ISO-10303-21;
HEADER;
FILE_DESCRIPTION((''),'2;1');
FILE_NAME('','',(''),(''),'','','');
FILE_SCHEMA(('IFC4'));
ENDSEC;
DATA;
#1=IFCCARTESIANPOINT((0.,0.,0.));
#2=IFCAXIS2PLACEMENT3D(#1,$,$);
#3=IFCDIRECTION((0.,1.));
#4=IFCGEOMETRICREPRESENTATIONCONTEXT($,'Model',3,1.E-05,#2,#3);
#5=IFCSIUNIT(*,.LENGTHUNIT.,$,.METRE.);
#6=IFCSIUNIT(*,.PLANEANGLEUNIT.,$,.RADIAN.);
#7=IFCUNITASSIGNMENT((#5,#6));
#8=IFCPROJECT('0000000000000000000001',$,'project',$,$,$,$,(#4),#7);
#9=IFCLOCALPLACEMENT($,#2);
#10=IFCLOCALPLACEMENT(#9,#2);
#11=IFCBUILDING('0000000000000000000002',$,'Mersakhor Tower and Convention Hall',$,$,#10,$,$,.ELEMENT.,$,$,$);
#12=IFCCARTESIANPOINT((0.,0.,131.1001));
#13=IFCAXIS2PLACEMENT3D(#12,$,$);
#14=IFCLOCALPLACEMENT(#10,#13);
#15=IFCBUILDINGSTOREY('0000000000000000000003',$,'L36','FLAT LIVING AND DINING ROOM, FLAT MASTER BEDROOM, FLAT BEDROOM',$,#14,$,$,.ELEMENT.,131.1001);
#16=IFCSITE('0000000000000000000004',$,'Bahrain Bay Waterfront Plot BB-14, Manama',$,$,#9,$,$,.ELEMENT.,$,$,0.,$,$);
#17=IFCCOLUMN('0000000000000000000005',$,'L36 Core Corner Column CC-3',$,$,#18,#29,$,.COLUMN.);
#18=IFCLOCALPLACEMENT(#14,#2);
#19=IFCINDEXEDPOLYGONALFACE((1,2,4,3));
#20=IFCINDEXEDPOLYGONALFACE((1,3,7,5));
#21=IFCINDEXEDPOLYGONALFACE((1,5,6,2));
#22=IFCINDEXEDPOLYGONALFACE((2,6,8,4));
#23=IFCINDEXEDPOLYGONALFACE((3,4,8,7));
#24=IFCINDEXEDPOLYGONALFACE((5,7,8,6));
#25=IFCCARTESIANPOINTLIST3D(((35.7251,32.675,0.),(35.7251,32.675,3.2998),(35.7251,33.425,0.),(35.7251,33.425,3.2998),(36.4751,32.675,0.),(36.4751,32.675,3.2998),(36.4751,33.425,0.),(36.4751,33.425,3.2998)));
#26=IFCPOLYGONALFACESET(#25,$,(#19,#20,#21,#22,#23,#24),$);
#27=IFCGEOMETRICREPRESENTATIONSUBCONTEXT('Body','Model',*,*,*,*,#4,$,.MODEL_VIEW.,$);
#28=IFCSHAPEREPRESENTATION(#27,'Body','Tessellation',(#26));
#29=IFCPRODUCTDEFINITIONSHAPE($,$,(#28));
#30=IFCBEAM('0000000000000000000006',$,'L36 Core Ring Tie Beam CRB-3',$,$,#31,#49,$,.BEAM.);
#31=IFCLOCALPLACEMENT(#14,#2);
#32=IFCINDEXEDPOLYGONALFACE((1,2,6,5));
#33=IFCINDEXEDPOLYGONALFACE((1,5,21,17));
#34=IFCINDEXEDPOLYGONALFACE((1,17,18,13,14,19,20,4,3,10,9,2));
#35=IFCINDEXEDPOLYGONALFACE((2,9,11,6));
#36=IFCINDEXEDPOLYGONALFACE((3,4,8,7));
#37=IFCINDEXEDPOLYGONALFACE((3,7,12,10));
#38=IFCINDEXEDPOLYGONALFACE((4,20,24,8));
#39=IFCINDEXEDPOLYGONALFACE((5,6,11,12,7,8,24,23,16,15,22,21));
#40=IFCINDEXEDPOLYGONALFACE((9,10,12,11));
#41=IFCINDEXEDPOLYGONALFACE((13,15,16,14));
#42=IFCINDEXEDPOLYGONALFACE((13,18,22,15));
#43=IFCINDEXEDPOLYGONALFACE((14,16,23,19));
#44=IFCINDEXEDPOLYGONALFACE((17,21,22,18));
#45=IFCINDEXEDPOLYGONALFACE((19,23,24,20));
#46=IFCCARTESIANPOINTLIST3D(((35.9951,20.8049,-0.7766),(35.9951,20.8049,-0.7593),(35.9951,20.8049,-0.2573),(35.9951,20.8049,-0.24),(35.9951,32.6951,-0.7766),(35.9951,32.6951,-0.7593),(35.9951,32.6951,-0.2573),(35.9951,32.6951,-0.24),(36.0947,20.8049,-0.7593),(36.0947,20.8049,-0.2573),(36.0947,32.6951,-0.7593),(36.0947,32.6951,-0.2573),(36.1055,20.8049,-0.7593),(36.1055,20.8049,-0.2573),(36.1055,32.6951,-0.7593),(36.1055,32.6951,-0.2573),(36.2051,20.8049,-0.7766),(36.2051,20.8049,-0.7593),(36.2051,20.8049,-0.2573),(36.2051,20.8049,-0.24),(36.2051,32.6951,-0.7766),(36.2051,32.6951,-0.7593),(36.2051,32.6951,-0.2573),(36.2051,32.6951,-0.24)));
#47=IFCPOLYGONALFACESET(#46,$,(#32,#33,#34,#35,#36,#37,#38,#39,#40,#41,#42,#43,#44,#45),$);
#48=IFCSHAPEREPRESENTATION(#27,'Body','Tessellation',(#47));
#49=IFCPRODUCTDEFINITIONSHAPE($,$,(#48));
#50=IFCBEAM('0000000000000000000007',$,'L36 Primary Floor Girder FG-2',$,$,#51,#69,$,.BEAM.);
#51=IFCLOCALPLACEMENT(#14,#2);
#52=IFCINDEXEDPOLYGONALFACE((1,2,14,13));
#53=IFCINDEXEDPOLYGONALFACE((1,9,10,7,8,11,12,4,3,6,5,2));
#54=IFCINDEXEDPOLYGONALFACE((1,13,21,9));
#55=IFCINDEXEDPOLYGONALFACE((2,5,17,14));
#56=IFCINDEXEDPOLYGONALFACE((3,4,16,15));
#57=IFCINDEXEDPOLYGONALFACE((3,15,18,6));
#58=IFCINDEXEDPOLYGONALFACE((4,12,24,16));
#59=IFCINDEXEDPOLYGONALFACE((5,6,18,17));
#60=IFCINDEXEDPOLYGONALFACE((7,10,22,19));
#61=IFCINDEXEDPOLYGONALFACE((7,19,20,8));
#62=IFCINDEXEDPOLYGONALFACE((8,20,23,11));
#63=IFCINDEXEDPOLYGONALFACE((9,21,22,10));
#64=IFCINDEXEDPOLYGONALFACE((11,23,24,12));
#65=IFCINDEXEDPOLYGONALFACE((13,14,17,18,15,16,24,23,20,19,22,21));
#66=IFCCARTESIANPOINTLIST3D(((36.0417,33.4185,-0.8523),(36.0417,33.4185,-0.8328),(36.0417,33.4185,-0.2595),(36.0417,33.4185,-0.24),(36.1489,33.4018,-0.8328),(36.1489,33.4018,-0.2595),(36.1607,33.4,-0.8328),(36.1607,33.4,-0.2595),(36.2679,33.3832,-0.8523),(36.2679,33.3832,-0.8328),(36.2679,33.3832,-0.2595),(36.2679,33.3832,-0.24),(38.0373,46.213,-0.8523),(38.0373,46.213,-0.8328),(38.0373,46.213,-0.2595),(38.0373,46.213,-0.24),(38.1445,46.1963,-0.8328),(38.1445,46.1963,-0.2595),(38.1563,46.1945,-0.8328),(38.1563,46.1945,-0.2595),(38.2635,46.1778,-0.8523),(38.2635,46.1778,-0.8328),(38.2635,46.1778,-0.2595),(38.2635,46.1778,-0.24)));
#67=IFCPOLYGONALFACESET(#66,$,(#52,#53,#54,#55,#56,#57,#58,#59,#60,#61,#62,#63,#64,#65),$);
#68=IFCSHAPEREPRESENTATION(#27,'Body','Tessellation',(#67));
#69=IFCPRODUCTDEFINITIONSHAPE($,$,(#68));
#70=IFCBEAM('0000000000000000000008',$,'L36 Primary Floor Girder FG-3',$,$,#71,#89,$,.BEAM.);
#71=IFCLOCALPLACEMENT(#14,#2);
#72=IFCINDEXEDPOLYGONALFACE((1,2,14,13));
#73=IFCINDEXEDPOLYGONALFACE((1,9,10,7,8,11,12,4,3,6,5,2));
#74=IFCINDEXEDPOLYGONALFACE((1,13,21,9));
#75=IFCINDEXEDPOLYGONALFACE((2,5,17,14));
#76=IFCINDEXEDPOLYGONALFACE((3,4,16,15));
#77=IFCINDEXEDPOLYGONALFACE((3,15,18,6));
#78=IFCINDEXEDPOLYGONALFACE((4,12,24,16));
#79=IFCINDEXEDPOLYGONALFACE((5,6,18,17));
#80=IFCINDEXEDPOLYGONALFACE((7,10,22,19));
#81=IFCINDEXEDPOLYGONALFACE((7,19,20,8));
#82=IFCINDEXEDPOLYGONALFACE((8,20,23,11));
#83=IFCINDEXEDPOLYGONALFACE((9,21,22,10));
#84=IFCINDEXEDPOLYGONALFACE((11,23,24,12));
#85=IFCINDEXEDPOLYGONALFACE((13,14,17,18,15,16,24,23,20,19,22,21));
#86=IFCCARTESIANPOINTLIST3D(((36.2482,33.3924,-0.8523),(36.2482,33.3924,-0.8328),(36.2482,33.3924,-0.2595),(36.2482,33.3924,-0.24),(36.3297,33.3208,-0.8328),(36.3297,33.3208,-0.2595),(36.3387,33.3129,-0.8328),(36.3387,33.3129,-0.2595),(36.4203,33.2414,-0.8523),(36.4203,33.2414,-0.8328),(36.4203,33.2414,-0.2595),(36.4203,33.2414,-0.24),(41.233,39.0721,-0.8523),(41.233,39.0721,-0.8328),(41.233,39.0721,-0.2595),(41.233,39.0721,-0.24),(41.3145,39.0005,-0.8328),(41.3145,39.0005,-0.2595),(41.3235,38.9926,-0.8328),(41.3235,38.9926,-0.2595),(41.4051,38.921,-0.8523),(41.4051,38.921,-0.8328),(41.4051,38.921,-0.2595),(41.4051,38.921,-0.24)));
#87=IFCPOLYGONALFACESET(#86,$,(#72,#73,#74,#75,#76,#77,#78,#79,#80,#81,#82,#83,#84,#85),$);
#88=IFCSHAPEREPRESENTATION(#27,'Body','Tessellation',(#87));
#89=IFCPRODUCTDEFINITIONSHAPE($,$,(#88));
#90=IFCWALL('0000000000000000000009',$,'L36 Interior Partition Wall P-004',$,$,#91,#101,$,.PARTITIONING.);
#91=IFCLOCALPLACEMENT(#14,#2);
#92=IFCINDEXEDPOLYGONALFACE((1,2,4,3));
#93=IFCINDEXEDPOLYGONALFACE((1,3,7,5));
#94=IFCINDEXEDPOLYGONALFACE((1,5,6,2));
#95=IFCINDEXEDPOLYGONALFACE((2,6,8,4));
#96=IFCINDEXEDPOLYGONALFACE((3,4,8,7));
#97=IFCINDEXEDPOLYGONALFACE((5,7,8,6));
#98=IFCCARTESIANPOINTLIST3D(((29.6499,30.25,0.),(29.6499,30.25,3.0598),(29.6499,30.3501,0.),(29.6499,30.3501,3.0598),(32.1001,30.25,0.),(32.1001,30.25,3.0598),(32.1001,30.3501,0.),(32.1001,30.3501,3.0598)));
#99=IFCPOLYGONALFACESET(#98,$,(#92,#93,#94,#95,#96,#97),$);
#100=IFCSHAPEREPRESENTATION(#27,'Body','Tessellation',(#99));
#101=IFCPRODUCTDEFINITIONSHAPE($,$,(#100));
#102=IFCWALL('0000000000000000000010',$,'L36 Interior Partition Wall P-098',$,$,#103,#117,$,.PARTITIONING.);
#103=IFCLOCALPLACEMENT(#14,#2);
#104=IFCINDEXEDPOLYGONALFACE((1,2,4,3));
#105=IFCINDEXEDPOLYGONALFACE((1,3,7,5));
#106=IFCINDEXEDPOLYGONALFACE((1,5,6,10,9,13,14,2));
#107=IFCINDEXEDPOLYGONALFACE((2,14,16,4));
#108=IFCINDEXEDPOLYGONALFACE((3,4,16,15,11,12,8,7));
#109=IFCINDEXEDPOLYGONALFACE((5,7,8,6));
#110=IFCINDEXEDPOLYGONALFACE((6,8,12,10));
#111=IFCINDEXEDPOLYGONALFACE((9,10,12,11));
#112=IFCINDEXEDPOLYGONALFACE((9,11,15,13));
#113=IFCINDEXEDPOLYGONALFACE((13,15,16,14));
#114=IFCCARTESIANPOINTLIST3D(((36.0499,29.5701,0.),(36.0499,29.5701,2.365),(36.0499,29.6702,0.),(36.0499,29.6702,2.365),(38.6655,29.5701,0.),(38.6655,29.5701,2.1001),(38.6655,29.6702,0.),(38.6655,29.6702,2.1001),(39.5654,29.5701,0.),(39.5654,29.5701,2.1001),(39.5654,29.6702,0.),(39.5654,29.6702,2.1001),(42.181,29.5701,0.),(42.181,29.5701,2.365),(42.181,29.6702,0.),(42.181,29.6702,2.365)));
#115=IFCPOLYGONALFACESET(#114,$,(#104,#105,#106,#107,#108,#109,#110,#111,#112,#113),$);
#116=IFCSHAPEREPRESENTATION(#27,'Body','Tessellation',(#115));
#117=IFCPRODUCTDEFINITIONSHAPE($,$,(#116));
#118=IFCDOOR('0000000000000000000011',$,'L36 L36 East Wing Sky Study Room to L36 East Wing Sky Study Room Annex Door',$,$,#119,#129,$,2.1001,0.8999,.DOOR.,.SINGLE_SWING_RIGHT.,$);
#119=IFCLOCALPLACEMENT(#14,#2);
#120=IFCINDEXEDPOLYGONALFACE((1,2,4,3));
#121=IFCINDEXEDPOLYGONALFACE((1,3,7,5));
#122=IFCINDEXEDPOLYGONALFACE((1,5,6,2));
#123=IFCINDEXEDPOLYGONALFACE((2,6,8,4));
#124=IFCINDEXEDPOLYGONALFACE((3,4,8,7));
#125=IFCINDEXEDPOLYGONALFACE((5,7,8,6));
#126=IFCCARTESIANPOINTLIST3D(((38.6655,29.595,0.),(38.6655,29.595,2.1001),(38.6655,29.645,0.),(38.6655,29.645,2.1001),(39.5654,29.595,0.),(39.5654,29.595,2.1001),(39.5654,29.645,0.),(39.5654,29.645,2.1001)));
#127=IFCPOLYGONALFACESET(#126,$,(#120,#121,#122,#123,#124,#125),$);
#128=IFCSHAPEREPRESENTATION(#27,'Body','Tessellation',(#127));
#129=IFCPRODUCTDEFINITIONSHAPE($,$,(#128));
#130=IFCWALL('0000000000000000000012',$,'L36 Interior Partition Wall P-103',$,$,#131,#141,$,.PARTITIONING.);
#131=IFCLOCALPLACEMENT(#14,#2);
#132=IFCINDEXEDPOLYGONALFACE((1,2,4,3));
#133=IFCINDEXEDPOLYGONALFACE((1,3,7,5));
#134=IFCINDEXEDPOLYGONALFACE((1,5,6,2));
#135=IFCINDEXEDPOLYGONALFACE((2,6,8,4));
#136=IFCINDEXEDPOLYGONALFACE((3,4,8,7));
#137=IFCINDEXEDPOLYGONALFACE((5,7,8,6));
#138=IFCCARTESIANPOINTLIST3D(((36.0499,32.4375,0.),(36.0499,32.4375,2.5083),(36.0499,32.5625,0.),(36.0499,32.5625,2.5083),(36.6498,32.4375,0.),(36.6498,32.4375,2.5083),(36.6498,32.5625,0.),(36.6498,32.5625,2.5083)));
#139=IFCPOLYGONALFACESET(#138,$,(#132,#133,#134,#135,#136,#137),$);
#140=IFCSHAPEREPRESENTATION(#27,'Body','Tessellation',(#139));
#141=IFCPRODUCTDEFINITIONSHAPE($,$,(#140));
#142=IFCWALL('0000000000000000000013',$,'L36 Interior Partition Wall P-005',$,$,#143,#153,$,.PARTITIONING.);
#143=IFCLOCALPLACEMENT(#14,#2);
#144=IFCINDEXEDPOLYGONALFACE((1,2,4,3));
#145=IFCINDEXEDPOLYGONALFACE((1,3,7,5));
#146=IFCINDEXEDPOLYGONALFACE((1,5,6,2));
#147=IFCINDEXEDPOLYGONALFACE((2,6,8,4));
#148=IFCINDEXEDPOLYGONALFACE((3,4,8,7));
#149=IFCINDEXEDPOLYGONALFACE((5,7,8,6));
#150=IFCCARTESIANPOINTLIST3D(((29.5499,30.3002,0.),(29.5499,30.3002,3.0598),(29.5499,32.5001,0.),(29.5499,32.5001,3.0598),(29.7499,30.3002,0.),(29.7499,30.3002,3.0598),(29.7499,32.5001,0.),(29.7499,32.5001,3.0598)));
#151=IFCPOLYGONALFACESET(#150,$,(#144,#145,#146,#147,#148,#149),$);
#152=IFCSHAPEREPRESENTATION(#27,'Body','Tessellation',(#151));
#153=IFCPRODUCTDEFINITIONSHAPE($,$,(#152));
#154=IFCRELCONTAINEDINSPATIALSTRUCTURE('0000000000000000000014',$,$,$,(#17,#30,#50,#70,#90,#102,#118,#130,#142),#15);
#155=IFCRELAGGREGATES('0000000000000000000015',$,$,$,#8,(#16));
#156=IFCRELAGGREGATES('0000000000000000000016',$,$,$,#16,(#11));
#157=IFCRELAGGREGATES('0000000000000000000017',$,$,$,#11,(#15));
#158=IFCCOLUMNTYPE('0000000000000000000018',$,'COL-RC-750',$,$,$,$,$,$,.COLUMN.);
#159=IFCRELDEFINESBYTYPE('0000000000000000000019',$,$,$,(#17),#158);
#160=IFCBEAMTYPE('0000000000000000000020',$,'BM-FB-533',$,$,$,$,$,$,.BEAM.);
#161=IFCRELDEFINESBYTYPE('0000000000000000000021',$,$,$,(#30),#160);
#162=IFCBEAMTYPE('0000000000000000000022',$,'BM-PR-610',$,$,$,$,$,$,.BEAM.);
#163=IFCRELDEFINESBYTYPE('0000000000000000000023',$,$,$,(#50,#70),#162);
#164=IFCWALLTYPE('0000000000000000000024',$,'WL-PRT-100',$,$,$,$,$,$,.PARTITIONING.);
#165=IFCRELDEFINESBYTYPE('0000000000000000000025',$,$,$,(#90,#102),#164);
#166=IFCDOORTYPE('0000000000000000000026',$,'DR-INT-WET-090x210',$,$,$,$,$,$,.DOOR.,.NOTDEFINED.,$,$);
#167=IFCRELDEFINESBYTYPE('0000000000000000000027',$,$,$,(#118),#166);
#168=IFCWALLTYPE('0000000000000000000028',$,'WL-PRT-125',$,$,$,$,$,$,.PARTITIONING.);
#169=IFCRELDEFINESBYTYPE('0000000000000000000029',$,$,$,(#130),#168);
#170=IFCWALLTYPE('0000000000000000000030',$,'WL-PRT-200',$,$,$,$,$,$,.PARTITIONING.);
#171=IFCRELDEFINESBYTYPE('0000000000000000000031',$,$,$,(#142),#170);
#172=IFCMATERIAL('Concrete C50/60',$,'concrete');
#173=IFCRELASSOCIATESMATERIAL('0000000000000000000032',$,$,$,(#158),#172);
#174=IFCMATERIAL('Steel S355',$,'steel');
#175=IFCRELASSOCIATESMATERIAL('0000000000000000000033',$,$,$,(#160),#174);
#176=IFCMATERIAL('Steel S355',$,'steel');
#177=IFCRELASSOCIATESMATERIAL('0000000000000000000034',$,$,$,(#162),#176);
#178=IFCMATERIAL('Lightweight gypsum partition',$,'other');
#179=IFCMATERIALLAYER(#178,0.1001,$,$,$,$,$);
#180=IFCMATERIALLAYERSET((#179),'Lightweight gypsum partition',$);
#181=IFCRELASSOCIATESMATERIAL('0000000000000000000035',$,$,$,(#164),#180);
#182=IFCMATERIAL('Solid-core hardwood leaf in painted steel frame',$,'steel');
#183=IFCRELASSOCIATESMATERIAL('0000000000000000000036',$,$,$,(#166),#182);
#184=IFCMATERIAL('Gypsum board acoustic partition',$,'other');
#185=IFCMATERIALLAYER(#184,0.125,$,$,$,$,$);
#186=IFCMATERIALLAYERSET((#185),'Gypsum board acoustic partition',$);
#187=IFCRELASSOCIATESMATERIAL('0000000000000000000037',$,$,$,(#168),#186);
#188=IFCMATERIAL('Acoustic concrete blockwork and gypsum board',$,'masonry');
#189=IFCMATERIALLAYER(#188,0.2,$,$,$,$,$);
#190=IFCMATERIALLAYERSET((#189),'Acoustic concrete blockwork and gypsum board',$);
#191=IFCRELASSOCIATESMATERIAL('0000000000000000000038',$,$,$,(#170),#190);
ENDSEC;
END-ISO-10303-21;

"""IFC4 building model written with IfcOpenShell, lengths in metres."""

from ifc_helpers import new_model, si_unit, direction, frame, frame_2d, origin, origin_2d, place, context, subcontext, project, spatial, rectangle, i_section, extrude, material, layer, layer_set, material_profile, profile_set, type_object, element, fill, save


model = new_model("IFC4")

# Units and contexts
model_context = context("Model", 3, precision=1e-05, world=origin(), true_north=direction((0.0, 1.0)))
body_context = subcontext(model_context, "Body", "Model", "MODEL_VIEW")
ifc_project = project(units=[si_unit("LENGTHUNIT", "METRE"), si_unit("PLANEANGLEUNIT", "RADIAN")], contexts=[model_context])

# Site, building, storey
site_placement = place(None, origin())
site = spatial("IfcSite", under=ifc_project, at=site_placement, Name="Bahrain Bay Waterfront Plot BB-14, Manama", CompositionType="ELEMENT", RefElevation=0.0)
building_placement = place(site_placement, origin())
building = spatial("IfcBuilding", under=site, at=building_placement, Name="Mersakhor Tower and Convention Hall", CompositionType="ELEMENT")
storey_placement = place(building_placement, frame((0.0, 0.0, 131.1001)))
storey = spatial("IfcBuildingStorey", under=building, at=storey_placement, Name="L36", Description="FLAT LIVING AND DINING ROOM, FLAT MASTER BEDROOM, FLAT BEDROOM", CompositionType="ELEMENT", Elevation=131.1001)

# Column
ifc_material_1 = material(Name="Concrete C50/60", Category="concrete")
ifc_material_profile_1 = material_profile(ifc_material_1, rectangle(XDim=0.75, YDim=0.75, at=origin_2d()), Name="RC 750x750")
ifc_profile_set_1 = profile_set([ifc_material_profile_1], Name="Concrete C50/60")
column_type = type_object("IfcColumnType", Name="COL-RC-750", PredefinedType="COLUMN", material=ifc_profile_set_1)
column_placement = place(storey_placement, frame((36.1001, 33.05, 0.0), z_axis=(0.0, 0.0, 1.0), x_axis=(1.0, 0.0, 0.0)))
element("IfcColumn", 1, at=column_placement, inside=storey, type_object=column_type, Name="L36 Core Corner Column CC-3", PredefinedType="COLUMN", context=body_context, shape_type="SweptSolid", body=[
    extrude(rectangle(XDim=0.75, YDim=0.75, at=origin_2d()), origin(), (0.0, 0.0, 1.0), 3.2998),
])

# Beams
ifc_material_2 = material(Name="Steel S355", Category="steel")
ifc_material_profile_2 = material_profile(ifc_material_2, i_section(OverallWidth=0.21, OverallDepth=0.5366, WebThickness=0.0107, FlangeThickness=0.0173, at=origin_2d()), Name="UB 533x210x101")
ifc_profile_set_2 = profile_set([ifc_material_profile_2], Name="Steel S355")
beam_type_1 = type_object("IfcBeamType", Name="BM-FB-533", PredefinedType="BEAM", material=ifc_profile_set_2)
beam_1_placement = place(storey_placement, frame((36.1001, 32.6951, -0.5083), z_axis=(0.0, -1.0, 0.0), x_axis=(1.0, 0.0, 0.0)))
element("IfcBeam", 2, at=beam_1_placement, inside=storey, type_object=beam_type_1, Name="L36 Core Ring Tie Beam CRB-3", PredefinedType="BEAM", context=body_context, shape_type="SweptSolid", body=[
    extrude(i_section(OverallWidth=0.21, OverallDepth=0.5366, WebThickness=0.0107, FlangeThickness=0.0173, at=origin_2d()), origin(), (0.0, 0.0, 1.0), 11.8901),
])
ifc_material_3 = material(Name="Steel S355", Category="steel")
ifc_material_profile_3 = material_profile(ifc_material_3, i_section(OverallWidth=0.229, OverallDepth=0.6123, WebThickness=0.012, FlangeThickness=0.0195, at=origin_2d()), Name="UB 610x229x125")
ifc_profile_set_3 = profile_set([ifc_material_profile_3], Name="Steel S355")
beam_type_2 = type_object("IfcBeamType", Name="BM-PR-610", PredefinedType="BEAM", material=ifc_profile_set_3)
beam_2_placement = place(storey_placement, frame((36.1548, 33.4009, -0.5461), z_axis=(0.154111, 0.988054, 0.0), x_axis=(-0.988054, 0.154111, 0.0)))
element("IfcBeam", 3, at=beam_2_placement, inside=storey, type_object=beam_type_2, Name="L36 Primary Floor Girder FG-2", PredefinedType="BEAM", context=body_context, shape_type="SweptSolid", body=[
    extrude(i_section(OverallWidth=0.229, OverallDepth=0.6123, WebThickness=0.012, FlangeThickness=0.0195, at=origin_2d()), origin(), (0.0, 0.0, 1.0), 12.9492),
])
beam_3_placement = place(storey_placement, frame((36.3342, 33.3169, -0.5461), z_axis=(0.659638, 0.751583, 0.0), x_axis=(-0.751583, 0.659638, 0.0)))
element("IfcBeam", 4, at=beam_3_placement, inside=storey, type_object=beam_type_2, Name="L36 Primary Floor Girder FG-3", PredefinedType="BEAM", context=body_context, shape_type="SweptSolid", body=[
    extrude(i_section(OverallWidth=0.229, OverallDepth=0.6123, WebThickness=0.012, FlangeThickness=0.0195, at=origin_2d()), origin(), (0.0, 0.0, 1.0), 7.5569),
])

# Wall
ifc_material_4 = material(Name="Lightweight gypsum partition", Category="other")
ifc_layer_1 = layer(ifc_material_4, 0.1001)
ifc_layer_set_1 = layer_set([ifc_layer_1], Name="Lightweight gypsum partition")
wall_type_1 = type_object("IfcWallType", Name="WL-PRT-100", PredefinedType="PARTITIONING", material=ifc_layer_set_1)
wall_1_placement = place(storey_placement, frame((32.1001, 30.3, 0.0), z_axis=(0.0, 0.0, 1.0), x_axis=(-1.0, 0.0, 0.0)))
element("IfcWall", 5, at=wall_1_placement, inside=storey, type_object=wall_type_1, Name="L36 Interior Partition Wall P-004", PredefinedType="PARTITIONING", context=body_context, shape_type="SweptSolid", body=[
    extrude(rectangle(XDim=2.4502, YDim=0.1001, at=frame_2d((1.2251, 0.0))), origin(), (0.0, 0.0, 1.0), 3.0598),
])

# Wall, opening, door
wall_2_placement = place(storey_placement, frame((36.05, 29.6201, 0.0), z_axis=(0.0, 0.0, 1.0), x_axis=(1.0, 0.0, 0.0)))
wall_2 = element("IfcWall", 6, at=wall_2_placement, inside=storey, type_object=wall_type_1, Name="L36 Interior Partition Wall P-098", PredefinedType="PARTITIONING", context=body_context, shape_type="SweptSolid", body=[
    extrude(rectangle(XDim=6.1311, YDim=0.1001, at=frame_2d((3.0654, 0.0))), origin(), (0.0, 0.0, 1.0), 2.365),
])
opening_1_placement = place(wall_2_placement, frame((2.6155, 0.0, 0.0)))
opening_1 = element("IfcOpeningElement", 7, at=opening_1_placement, cuts=wall_2, PredefinedType="OPENING", context=body_context, shape_type="SweptSolid", body=[
    extrude(rectangle(XDim=0.8999, YDim=2.1001, at=frame_2d((0.45, 1.05))), frame((0.0, 0.0601, 0.0), z_axis=(0.0, -1.0, 0.0), x_axis=(1.0, 0.0, 0.0)), (0.0, 0.0, 1.0), 0.1201),
])
ifc_material_5 = material(Name="Solid-core hardwood leaf in painted steel frame", Category="steel")
door_type_1 = type_object("IfcDoorType", Name="DR-INT-WET-090x210", OperationType="NOTDEFINED", PredefinedType="DOOR", material=ifc_material_5)
door_1_placement = place(opening_1_placement, origin())
door_1 = element("IfcDoor", 8, at=door_1_placement, inside=storey, type_object=door_type_1, Name="L36 L36 East Wing Sky Study Room to L36 East Wing Sky Study Room Annex Door", OperationType="SINGLE_SWING_RIGHT", OverallHeight=2.1001, OverallWidth=0.8999, PredefinedType="DOOR", context=body_context, shape_type="SweptSolid", body=[
    extrude(rectangle(XDim=0.8999, YDim=2.1001, at=frame_2d((0.45, 1.05))), frame((0.0, 0.0249, 0.0), z_axis=(0.0, -1.0, 0.0), x_axis=(1.0, 0.0, 0.0)), (0.0, 0.0, 1.0), 0.05),
])
fill(opening_1, door_1)

# Walls
ifc_material_6 = material(Name="Gypsum board acoustic partition", Category="other")
ifc_layer_2 = layer(ifc_material_6, 0.125)
ifc_layer_set_2 = layer_set([ifc_layer_2], Name="Gypsum board acoustic partition")
wall_type_2 = type_object("IfcWallType", Name="WL-PRT-125", PredefinedType="PARTITIONING", material=ifc_layer_set_2)
wall_3_placement = place(storey_placement, frame((36.05, 32.5, 0.0), z_axis=(0.0, 0.0, 1.0), x_axis=(1.0, 0.0, 0.0)))
element("IfcWall", 9, at=wall_3_placement, inside=storey, type_object=wall_type_2, Name="L36 Interior Partition Wall P-103", PredefinedType="PARTITIONING", context=body_context, shape_type="SweptSolid", body=[
    extrude(rectangle(XDim=0.5999, YDim=0.125, at=frame_2d((0.2998, 0.0))), origin(), (0.0, 0.0, 1.0), 2.5083),
])
ifc_material_7 = material(Name="Acoustic concrete blockwork and gypsum board", Category="masonry")
ifc_layer_3 = layer(ifc_material_7, 0.2)
ifc_layer_set_3 = layer_set([ifc_layer_3], Name="Acoustic concrete blockwork and gypsum board")
wall_type_3 = type_object("IfcWallType", Name="WL-PRT-200", PredefinedType="PARTITIONING", material=ifc_layer_set_3)
wall_4_placement = place(storey_placement, frame((29.6499, 30.3, 0.0), z_axis=(0.0, 0.0, 1.0), x_axis=(0.0, 1.0, 0.0)))
element("IfcWall", 10, at=wall_4_placement, inside=storey, type_object=wall_type_3, Name="L36 Interior Partition Wall P-005", PredefinedType="PARTITIONING", context=body_context, shape_type="SweptSolid", body=[
    extrude(rectangle(XDim=2.2, YDim=0.2, at=frame_2d((1.1001, 0.0))), origin(), (0.0, 0.0, 1.0), 3.0598),
])

save(model, "model.ifc")
